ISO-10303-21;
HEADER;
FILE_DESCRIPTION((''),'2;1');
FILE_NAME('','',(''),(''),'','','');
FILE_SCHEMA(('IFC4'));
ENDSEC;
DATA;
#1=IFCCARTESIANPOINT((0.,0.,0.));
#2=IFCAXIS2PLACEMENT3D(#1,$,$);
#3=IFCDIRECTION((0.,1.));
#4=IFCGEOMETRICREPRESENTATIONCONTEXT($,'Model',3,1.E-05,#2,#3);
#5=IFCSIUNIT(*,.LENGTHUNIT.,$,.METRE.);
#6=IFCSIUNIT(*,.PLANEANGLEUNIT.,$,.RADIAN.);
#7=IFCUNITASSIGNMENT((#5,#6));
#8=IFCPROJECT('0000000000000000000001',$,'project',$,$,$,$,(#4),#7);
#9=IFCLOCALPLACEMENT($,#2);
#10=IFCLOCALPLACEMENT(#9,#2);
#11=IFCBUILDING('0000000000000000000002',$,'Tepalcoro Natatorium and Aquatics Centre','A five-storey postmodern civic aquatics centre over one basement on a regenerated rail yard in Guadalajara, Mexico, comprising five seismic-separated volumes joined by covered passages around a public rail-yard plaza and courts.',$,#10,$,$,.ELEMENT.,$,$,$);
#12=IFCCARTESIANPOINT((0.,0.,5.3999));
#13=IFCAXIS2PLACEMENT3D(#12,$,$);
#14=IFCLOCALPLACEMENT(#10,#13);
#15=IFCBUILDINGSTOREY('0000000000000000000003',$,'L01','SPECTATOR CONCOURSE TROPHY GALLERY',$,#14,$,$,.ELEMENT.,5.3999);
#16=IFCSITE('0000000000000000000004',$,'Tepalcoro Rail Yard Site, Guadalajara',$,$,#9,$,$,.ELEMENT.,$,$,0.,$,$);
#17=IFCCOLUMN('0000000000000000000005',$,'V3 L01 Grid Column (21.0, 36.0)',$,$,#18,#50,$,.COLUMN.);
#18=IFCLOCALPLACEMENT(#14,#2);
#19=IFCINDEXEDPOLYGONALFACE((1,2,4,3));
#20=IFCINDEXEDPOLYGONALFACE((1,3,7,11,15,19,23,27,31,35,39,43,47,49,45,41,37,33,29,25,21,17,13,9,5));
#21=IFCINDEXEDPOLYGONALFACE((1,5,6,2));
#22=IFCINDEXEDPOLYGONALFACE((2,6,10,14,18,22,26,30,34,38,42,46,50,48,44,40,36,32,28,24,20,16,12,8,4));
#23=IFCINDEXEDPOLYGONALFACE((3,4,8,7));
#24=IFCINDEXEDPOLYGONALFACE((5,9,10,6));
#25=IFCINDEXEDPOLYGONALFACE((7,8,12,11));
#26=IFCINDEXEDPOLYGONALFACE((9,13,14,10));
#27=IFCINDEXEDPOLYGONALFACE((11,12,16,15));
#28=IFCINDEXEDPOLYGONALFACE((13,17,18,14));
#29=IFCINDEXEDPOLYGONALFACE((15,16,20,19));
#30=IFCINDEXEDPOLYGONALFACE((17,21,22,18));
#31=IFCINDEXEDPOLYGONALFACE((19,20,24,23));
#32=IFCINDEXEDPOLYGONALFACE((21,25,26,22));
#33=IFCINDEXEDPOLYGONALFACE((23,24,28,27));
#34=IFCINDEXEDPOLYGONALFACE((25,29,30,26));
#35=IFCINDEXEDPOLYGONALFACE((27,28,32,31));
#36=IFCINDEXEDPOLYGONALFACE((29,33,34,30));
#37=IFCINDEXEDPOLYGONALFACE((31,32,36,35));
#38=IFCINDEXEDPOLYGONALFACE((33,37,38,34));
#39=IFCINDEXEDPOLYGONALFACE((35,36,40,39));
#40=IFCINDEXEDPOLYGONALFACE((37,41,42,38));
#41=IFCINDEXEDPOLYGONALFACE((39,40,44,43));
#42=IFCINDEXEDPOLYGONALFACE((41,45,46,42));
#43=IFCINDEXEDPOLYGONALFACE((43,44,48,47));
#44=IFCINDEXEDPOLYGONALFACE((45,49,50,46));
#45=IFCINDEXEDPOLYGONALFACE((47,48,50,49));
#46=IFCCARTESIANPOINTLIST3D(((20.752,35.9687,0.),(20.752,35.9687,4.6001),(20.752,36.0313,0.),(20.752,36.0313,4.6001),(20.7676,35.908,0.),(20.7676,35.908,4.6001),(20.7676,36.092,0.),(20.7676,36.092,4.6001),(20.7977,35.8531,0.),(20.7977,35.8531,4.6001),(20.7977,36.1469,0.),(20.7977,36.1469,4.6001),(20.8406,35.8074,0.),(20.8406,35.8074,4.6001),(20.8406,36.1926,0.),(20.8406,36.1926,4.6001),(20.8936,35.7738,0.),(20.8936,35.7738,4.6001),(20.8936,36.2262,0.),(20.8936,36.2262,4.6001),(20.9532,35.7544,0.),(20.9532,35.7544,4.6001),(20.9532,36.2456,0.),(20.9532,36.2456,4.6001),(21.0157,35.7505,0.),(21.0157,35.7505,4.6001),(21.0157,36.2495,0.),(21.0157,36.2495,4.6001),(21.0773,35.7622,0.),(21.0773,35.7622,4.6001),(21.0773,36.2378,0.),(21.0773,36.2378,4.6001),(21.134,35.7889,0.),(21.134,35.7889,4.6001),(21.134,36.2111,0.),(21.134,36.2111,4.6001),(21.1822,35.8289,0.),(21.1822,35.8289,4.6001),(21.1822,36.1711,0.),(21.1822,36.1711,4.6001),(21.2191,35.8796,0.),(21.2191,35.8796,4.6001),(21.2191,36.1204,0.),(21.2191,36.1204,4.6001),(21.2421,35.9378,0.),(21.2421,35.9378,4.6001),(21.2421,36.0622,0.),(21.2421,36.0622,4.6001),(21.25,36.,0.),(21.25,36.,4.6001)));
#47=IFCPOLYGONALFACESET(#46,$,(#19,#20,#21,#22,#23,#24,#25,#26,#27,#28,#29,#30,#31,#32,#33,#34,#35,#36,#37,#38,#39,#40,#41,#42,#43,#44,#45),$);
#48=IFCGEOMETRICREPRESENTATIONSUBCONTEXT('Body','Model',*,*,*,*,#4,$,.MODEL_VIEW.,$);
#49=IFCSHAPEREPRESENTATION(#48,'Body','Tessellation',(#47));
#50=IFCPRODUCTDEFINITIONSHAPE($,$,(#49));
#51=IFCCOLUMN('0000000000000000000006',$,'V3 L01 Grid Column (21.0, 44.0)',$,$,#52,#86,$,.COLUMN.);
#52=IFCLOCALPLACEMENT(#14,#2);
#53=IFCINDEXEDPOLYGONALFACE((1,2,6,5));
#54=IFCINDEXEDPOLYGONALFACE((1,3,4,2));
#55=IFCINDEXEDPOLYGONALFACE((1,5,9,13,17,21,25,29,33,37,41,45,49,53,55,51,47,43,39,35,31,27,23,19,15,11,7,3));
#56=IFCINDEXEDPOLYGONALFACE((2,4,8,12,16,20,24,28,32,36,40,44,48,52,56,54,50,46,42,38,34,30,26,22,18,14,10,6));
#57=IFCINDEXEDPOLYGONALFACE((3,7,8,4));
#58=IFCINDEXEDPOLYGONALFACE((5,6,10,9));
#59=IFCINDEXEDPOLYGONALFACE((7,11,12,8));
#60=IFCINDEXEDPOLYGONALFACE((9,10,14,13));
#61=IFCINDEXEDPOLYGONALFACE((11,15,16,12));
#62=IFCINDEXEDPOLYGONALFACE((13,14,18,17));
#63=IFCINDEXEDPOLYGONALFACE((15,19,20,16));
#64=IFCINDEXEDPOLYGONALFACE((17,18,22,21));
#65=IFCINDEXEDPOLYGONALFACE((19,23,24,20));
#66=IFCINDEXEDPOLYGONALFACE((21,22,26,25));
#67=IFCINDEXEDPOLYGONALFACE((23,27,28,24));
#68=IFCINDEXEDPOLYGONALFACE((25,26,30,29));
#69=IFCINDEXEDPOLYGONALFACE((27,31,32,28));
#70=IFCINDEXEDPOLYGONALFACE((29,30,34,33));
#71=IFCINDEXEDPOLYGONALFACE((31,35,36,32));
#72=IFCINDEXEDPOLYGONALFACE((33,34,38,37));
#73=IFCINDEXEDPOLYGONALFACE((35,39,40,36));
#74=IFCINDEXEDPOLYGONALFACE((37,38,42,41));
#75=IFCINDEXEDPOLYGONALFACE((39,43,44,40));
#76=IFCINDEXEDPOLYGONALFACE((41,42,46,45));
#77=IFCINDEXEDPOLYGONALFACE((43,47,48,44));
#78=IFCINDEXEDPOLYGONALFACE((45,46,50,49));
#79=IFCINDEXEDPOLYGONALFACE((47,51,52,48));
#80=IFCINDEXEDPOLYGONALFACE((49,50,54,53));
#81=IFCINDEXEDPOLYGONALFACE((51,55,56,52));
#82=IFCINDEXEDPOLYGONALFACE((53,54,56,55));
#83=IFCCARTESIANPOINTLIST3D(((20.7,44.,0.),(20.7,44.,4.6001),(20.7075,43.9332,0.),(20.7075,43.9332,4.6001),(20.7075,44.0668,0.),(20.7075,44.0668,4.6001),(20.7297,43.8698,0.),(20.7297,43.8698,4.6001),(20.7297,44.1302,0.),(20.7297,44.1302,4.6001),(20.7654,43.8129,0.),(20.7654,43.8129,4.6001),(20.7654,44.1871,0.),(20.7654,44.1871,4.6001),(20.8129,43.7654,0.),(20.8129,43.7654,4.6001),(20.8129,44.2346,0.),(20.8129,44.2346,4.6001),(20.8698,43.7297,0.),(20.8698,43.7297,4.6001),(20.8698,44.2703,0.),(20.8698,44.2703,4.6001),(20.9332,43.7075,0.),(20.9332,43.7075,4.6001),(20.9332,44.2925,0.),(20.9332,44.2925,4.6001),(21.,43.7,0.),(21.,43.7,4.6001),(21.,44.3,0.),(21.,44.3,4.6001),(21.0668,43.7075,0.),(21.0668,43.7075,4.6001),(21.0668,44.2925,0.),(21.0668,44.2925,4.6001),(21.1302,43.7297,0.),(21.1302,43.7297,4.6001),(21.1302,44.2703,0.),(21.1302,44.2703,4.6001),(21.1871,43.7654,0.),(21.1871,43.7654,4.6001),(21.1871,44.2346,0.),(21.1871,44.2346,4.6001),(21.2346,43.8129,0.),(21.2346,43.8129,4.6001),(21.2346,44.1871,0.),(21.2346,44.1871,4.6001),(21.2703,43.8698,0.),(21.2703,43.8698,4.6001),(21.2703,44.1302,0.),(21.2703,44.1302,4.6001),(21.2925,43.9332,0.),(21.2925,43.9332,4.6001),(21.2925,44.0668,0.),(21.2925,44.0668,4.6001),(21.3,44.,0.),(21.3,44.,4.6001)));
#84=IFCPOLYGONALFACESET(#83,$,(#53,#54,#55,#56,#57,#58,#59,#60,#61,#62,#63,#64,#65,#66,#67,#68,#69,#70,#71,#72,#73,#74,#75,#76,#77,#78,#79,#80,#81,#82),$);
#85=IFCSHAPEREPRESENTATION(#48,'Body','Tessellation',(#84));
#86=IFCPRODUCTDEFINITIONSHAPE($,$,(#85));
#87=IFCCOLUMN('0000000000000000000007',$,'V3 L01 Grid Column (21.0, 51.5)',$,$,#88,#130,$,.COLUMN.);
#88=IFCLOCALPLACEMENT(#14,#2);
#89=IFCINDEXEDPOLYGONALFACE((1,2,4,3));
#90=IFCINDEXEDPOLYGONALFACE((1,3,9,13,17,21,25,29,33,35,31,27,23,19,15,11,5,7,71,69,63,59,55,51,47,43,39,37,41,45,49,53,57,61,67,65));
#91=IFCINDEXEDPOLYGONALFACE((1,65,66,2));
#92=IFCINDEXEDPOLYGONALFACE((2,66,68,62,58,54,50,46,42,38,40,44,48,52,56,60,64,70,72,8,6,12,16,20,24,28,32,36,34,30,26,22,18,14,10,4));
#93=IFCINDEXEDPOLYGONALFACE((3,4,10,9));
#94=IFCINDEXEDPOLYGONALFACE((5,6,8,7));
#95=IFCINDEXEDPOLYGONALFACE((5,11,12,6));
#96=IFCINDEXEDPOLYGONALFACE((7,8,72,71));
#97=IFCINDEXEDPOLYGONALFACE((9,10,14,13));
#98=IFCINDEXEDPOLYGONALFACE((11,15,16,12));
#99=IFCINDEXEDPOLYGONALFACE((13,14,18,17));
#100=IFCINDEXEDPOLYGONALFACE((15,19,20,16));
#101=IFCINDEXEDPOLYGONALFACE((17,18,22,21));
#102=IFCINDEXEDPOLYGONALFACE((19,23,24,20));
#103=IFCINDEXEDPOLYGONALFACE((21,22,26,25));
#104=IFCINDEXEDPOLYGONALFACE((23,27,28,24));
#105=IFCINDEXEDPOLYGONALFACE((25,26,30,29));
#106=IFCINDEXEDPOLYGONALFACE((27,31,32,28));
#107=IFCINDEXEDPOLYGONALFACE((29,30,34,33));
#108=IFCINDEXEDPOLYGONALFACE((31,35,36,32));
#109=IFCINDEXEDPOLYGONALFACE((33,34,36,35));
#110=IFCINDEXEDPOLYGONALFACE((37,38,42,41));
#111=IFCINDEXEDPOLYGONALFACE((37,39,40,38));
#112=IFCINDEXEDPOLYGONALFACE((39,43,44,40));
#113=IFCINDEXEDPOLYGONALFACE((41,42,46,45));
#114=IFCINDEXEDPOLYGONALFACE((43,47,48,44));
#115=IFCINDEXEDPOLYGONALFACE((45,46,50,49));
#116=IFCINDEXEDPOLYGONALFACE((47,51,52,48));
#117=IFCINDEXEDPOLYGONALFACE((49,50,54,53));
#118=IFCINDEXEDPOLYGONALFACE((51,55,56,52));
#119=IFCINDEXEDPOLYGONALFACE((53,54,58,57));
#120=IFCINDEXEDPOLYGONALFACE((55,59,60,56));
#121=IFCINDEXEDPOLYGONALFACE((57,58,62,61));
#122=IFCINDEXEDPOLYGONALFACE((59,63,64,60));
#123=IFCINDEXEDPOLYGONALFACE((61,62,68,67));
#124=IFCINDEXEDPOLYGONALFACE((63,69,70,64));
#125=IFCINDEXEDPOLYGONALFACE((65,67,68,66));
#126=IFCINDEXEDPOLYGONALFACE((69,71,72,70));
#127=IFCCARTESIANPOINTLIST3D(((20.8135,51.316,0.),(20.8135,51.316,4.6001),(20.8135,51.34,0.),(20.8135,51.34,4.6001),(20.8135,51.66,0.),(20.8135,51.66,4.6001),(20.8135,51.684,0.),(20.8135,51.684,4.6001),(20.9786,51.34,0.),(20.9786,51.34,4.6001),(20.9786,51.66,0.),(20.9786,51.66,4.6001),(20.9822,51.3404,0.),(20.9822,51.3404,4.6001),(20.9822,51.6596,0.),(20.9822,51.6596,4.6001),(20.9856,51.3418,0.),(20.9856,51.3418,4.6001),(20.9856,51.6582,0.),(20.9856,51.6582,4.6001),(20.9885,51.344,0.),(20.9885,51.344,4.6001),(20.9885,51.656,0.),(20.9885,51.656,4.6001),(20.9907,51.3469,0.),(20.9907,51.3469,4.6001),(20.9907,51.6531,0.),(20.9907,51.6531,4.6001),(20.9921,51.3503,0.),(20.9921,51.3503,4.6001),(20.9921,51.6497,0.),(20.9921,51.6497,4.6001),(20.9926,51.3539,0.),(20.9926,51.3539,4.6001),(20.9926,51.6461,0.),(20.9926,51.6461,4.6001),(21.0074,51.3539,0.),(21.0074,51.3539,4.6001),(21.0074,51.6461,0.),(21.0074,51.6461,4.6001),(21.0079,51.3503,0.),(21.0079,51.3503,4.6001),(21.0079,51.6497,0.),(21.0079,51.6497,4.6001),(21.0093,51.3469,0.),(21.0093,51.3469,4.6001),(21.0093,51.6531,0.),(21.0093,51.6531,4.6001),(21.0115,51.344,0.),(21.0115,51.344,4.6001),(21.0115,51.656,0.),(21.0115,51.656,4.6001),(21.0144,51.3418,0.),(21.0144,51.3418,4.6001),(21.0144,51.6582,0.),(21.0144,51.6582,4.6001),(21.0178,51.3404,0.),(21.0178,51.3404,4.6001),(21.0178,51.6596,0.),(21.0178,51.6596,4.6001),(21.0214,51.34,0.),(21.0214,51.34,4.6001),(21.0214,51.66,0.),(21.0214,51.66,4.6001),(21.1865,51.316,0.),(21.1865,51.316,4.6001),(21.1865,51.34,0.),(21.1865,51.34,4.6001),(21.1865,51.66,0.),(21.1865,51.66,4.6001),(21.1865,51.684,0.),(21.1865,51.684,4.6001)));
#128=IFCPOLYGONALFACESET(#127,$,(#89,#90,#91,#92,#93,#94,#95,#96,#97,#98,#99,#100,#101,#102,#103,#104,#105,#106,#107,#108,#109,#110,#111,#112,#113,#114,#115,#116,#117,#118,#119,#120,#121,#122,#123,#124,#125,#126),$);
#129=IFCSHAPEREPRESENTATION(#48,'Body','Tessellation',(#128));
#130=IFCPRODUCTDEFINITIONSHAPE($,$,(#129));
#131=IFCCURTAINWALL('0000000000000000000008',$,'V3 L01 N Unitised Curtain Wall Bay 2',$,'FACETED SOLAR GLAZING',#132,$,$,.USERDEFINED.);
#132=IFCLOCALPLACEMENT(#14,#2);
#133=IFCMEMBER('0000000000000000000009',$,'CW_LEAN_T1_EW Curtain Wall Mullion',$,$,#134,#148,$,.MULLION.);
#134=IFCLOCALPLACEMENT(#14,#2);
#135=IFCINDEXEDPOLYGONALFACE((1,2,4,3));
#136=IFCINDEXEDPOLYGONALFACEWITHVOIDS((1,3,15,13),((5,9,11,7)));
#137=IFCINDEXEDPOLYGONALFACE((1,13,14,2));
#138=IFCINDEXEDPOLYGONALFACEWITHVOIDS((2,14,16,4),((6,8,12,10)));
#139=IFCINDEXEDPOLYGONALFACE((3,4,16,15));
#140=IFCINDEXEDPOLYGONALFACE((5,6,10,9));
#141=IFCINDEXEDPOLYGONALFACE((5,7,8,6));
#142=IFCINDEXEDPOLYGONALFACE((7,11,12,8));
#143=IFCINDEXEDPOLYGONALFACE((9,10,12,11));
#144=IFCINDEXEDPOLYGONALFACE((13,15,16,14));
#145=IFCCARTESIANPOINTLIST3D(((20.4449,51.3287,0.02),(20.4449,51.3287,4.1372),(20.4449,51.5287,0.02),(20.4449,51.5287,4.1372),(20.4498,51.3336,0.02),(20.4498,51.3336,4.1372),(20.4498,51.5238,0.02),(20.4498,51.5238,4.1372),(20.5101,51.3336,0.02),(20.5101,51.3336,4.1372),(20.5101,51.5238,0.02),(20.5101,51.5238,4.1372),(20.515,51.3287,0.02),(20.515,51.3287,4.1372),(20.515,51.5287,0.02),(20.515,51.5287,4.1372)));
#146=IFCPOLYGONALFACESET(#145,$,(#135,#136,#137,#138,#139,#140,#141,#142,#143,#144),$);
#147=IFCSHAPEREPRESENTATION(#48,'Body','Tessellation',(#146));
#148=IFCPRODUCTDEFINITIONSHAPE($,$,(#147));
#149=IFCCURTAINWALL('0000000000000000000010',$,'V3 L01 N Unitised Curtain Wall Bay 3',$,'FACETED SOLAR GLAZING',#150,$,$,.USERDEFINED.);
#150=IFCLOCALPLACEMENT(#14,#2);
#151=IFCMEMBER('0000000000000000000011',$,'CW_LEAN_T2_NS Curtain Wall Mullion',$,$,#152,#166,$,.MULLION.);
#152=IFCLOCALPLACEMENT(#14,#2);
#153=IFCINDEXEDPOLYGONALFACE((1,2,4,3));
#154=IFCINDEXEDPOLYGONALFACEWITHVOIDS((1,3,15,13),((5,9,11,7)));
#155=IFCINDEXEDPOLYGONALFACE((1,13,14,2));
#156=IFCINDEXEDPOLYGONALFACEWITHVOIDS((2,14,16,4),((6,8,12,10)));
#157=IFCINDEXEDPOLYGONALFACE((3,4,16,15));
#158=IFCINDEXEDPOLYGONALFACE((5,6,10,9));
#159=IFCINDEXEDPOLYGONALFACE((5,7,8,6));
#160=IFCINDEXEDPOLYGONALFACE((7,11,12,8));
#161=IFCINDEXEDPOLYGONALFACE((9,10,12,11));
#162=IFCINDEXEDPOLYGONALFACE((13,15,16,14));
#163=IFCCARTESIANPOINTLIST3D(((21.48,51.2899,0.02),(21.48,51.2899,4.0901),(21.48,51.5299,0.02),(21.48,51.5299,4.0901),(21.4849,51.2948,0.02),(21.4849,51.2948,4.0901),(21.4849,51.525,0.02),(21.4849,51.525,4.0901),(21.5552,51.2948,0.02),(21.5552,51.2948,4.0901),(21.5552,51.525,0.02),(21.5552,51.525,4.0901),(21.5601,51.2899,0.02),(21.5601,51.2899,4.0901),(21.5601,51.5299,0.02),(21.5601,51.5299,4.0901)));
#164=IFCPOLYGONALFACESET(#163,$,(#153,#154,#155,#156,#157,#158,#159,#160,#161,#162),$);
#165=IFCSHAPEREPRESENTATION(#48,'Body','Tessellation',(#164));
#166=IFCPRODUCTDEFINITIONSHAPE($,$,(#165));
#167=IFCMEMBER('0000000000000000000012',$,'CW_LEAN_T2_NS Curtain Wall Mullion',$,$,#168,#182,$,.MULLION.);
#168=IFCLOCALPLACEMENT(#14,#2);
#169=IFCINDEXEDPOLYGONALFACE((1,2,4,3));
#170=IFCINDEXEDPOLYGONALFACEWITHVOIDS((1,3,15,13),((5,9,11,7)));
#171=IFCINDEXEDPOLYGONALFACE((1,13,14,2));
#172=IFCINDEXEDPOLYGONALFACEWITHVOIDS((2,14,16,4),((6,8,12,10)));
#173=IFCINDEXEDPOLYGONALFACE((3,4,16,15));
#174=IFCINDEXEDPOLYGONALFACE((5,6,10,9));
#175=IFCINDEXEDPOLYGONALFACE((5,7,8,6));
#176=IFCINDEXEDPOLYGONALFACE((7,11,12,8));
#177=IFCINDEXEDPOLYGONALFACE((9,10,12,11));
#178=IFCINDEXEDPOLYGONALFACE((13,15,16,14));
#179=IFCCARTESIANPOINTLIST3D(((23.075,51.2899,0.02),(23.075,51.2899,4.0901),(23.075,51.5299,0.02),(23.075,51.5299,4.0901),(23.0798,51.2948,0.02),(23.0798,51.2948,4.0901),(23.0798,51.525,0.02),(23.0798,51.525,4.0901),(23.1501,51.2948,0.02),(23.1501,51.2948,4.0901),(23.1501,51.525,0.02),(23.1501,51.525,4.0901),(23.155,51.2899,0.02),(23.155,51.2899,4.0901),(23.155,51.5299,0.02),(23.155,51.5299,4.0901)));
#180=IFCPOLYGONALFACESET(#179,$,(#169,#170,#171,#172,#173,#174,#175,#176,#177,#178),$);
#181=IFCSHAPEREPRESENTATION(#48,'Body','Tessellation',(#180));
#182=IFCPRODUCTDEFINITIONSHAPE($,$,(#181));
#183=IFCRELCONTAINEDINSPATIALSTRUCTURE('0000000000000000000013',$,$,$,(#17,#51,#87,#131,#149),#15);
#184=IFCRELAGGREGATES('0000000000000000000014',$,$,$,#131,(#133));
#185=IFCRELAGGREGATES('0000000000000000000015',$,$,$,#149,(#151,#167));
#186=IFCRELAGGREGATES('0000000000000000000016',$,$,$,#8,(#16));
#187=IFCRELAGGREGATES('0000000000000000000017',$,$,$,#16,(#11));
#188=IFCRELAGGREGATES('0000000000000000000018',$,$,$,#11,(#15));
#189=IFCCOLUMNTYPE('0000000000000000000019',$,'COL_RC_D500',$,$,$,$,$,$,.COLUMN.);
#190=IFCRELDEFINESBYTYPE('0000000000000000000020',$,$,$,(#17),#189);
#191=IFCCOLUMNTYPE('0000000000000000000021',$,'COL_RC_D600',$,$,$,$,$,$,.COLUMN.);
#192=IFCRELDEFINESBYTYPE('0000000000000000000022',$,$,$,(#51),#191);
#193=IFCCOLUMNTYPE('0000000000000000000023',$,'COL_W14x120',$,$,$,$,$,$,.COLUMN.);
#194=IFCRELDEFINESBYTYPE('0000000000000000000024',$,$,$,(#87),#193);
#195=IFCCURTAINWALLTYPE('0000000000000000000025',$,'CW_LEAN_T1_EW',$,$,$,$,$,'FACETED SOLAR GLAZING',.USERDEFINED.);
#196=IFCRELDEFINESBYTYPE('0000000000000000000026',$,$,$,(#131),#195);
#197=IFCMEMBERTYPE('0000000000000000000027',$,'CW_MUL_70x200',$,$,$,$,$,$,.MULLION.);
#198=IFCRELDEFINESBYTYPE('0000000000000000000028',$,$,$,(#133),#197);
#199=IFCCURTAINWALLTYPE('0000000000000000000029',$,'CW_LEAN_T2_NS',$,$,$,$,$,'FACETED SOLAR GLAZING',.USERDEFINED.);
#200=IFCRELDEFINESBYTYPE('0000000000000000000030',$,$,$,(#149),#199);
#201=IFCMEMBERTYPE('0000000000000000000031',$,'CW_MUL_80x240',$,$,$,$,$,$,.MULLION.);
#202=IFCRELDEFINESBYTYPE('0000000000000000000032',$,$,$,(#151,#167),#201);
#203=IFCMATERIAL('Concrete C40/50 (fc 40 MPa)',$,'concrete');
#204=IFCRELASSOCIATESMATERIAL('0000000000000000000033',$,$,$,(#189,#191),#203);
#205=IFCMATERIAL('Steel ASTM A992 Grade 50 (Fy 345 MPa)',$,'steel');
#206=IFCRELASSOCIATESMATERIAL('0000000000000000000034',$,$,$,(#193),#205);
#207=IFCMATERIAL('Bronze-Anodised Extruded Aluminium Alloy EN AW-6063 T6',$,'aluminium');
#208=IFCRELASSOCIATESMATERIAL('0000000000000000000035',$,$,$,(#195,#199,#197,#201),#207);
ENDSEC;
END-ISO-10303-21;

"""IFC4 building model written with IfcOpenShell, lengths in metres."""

from ifc_helpers import new_model, si_unit, direction, frame, origin, origin_2d, place, context, subcontext, project, spatial, hollow_rectangle, circle, i_section, extrude, material, material_profile, profile_set, type_object, element, aggregate, save


model = new_model("IFC4")

# Units and contexts
model_context = context("Model", 3, precision=1e-05, world=origin(), true_north=direction((0.0, 1.0)))
body_context = subcontext(model_context, "Body", "Model", "MODEL_VIEW")
ifc_project = project(units=[si_unit("LENGTHUNIT", "METRE"), si_unit("PLANEANGLEUNIT", "RADIAN")], contexts=[model_context])

# Site, building, storey
site_placement = place(None, origin())
site = spatial("IfcSite", under=ifc_project, at=site_placement, Name="Tepalcoro Rail Yard Site, Guadalajara", CompositionType="ELEMENT", RefElevation=0.0)
building_placement = place(site_placement, origin())
building = spatial("IfcBuilding", under=site, at=building_placement, Name="Tepalcoro Natatorium and Aquatics Centre", Description="A five-storey postmodern civic aquatics centre over one basement on a regenerated rail yard in Guadalajara, Mexico, comprising five seismic-separated volumes joined by covered passages around a public rail-yard plaza and courts.", CompositionType="ELEMENT")
storey_placement = place(building_placement, frame((0.0, 0.0, 5.3999)))
storey = spatial("IfcBuildingStorey", under=building, at=storey_placement, Name="L01", Description="SPECTATOR CONCOURSE TROPHY GALLERY", CompositionType="ELEMENT", Elevation=5.3999)

# Columns
ifc_material_1 = material(Name="Concrete C40/50 (fc 40 MPa)", Category="concrete")
ifc_material_profile_1 = material_profile(ifc_material_1, circle(Radius=0.25, at=origin_2d()), Name="RCD500")
ifc_profile_set_1 = profile_set([ifc_material_profile_1], Name="Concrete C40/50 (fc 40 MPa)")
column_type_1 = type_object("IfcColumnType", Name="COL_RC_D500", PredefinedType="COLUMN", material=ifc_profile_set_1)
column_1_placement = place(storey_placement, frame((21.0, 36.0, 0.0), z_axis=(0.0, 0.0, 1.0), x_axis=(1.0, 0.0, 0.0)))
element("IfcColumn", 1, at=column_1_placement, inside=storey, type_object=column_type_1, Name="V3 L01 Grid Column (21.0, 36.0)", PredefinedType="COLUMN", context=body_context, shape_type="SweptSolid", body=[
    extrude(circle(Radius=0.25, at=origin_2d()), origin(), (0.0, 0.0, 1.0), 4.6001),
])
ifc_material_profile_2 = material_profile(ifc_material_1, circle(Radius=0.3, at=origin_2d()), Name="RCD600")
ifc_profile_set_2 = profile_set([ifc_material_profile_2], Name="Concrete C40/50 (fc 40 MPa)")
column_type_2 = type_object("IfcColumnType", Name="COL_RC_D600", PredefinedType="COLUMN", material=ifc_profile_set_2)
column_2_placement = place(storey_placement, frame((21.0, 44.0, 0.0), z_axis=(0.0, 0.0, 1.0), x_axis=(1.0, 0.0, 0.0)))
element("IfcColumn", 2, at=column_2_placement, inside=storey, type_object=column_type_2, Name="V3 L01 Grid Column (21.0, 44.0)", PredefinedType="COLUMN", context=body_context, shape_type="SweptSolid", body=[
    extrude(circle(Radius=0.3, at=origin_2d()), origin(), (0.0, 0.0, 1.0), 4.6001),
])
ifc_material_2 = material(Name="Steel ASTM A992 Grade 50 (Fy 345 MPa)", Category="steel")
ifc_material_profile_3 = material_profile(ifc_material_2, i_section(OverallWidth=0.373, OverallDepth=0.3679, WebThickness=0.0149, FlangeThickness=0.0239, FilletRadius=0.0139, at=origin_2d()), Name="W14X120")
ifc_profile_set_3 = profile_set([ifc_material_profile_3], Name="Steel ASTM A992 Grade 50 (Fy 345 MPa)")
column_type_3 = type_object("IfcColumnType", Name="COL_W14x120", PredefinedType="COLUMN", material=ifc_profile_set_3)
column_3_placement = place(storey_placement, frame((21.0, 51.5, 0.0), z_axis=(0.0, 0.0, 1.0), x_axis=(1.0, 0.0, 0.0)))
element("IfcColumn", 3, at=column_3_placement, inside=storey, type_object=column_type_3, Name="V3 L01 Grid Column (21.0, 51.5)", PredefinedType="COLUMN", context=body_context, shape_type="SweptSolid", body=[
    extrude(i_section(OverallWidth=0.373, OverallDepth=0.3679, WebThickness=0.0149, FlangeThickness=0.0239, FilletRadius=0.0139, at=origin_2d()), origin(), (0.0, 0.0, 1.0), 4.6001),
])

# Curtain wall, member
ifc_material_3 = material(Name="Bronze-Anodised Extruded Aluminium Alloy EN AW-6063 T6", Category="aluminium")
curtain_wall_type_1 = type_object("IfcCurtainWallType", Name="CW_LEAN_T1_EW", ElementType="FACETED SOLAR GLAZING", PredefinedType="USERDEFINED", material=ifc_material_3)
curtain_wall_1_placement = place(storey_placement, origin())
curtain_wall_1 = element("IfcCurtainWall", 4, at=curtain_wall_1_placement, inside=storey, type_object=curtain_wall_type_1, Name="V3 L01 N Unitised Curtain Wall Bay 2", ObjectType="FACETED SOLAR GLAZING", PredefinedType="USERDEFINED")
ifc_material_profile_4 = material_profile(ifc_material_3, hollow_rectangle(XDim=0.0701, YDim=0.2, WallThickness=0.0049, at=origin_2d()), Name="AL70X200X5")
ifc_profile_set_4 = profile_set([ifc_material_profile_4], Name="Bronze-Anodised Extruded Aluminium Alloy EN AW-6063 T6")
member_type_1 = type_object("IfcMemberType", Name="CW_MUL_70x200", PredefinedType="MULLION", material=ifc_profile_set_4)
member_1_placement = place(storey_placement, frame((20.48, 51.4287, 0.02), z_axis=(0.0, 0.0, 1.0), x_axis=(1.0, 0.0, 0.0)))
member_1 = element("IfcMember", 5, at=member_1_placement, type_object=member_type_1, Name="CW_LEAN_T1_EW Curtain Wall Mullion", PredefinedType="MULLION", context=body_context, shape_type="SweptSolid", body=[
    extrude(hollow_rectangle(XDim=0.0701, YDim=0.2, WallThickness=0.0049, at=origin_2d()), origin(), (0.0, 0.0, 1.0), 4.1172),
])

# Curtain wall, members
curtain_wall_type_2 = type_object("IfcCurtainWallType", Name="CW_LEAN_T2_NS", ElementType="FACETED SOLAR GLAZING", PredefinedType="USERDEFINED", material=ifc_material_3)
curtain_wall_2_placement = place(storey_placement, origin())
curtain_wall_2 = element("IfcCurtainWall", 6, at=curtain_wall_2_placement, inside=storey, type_object=curtain_wall_type_2, Name="V3 L01 N Unitised Curtain Wall Bay 3", ObjectType="FACETED SOLAR GLAZING", PredefinedType="USERDEFINED")
ifc_material_profile_5 = material_profile(ifc_material_3, hollow_rectangle(XDim=0.0801, YDim=0.24, WallThickness=0.0049, at=origin_2d()), Name="AL80X240X5")
ifc_profile_set_5 = profile_set([ifc_material_profile_5], Name="Bronze-Anodised Extruded Aluminium Alloy EN AW-6063 T6")
member_type_2 = type_object("IfcMemberType", Name="CW_MUL_80x240", PredefinedType="MULLION", material=ifc_profile_set_5)
member_2_placement = place(storey_placement, frame((21.52, 51.4099, 0.02), z_axis=(0.0, 0.0, 1.0), x_axis=(1.0, 0.0, 0.0)))
member_2 = element("IfcMember", 7, at=member_2_placement, type_object=member_type_2, Name="CW_LEAN_T2_NS Curtain Wall Mullion", PredefinedType="MULLION", context=body_context, shape_type="SweptSolid", body=[
    extrude(hollow_rectangle(XDim=0.0801, YDim=0.24, WallThickness=0.0049, at=origin_2d()), origin(), (0.0, 0.0, 1.0), 4.0701),
])
member_3_placement = place(storey_placement, frame((23.115, 51.4099, 0.02), z_axis=(0.0, 0.0, 1.0), x_axis=(1.0, 0.0, 0.0)))
member_3 = element("IfcMember", 8, at=member_3_placement, type_object=member_type_2, Name="CW_LEAN_T2_NS Curtain Wall Mullion", PredefinedType="MULLION", context=body_context, shape_type="SweptSolid", body=[
    extrude(hollow_rectangle(XDim=0.0801, YDim=0.24, WallThickness=0.0049, at=origin_2d()), origin(), (0.0, 0.0, 1.0), 4.0701),
])

aggregate(curtain_wall_1, [member_1])
aggregate(curtain_wall_2, [member_2, member_3])

save(model, "model.ifc")
